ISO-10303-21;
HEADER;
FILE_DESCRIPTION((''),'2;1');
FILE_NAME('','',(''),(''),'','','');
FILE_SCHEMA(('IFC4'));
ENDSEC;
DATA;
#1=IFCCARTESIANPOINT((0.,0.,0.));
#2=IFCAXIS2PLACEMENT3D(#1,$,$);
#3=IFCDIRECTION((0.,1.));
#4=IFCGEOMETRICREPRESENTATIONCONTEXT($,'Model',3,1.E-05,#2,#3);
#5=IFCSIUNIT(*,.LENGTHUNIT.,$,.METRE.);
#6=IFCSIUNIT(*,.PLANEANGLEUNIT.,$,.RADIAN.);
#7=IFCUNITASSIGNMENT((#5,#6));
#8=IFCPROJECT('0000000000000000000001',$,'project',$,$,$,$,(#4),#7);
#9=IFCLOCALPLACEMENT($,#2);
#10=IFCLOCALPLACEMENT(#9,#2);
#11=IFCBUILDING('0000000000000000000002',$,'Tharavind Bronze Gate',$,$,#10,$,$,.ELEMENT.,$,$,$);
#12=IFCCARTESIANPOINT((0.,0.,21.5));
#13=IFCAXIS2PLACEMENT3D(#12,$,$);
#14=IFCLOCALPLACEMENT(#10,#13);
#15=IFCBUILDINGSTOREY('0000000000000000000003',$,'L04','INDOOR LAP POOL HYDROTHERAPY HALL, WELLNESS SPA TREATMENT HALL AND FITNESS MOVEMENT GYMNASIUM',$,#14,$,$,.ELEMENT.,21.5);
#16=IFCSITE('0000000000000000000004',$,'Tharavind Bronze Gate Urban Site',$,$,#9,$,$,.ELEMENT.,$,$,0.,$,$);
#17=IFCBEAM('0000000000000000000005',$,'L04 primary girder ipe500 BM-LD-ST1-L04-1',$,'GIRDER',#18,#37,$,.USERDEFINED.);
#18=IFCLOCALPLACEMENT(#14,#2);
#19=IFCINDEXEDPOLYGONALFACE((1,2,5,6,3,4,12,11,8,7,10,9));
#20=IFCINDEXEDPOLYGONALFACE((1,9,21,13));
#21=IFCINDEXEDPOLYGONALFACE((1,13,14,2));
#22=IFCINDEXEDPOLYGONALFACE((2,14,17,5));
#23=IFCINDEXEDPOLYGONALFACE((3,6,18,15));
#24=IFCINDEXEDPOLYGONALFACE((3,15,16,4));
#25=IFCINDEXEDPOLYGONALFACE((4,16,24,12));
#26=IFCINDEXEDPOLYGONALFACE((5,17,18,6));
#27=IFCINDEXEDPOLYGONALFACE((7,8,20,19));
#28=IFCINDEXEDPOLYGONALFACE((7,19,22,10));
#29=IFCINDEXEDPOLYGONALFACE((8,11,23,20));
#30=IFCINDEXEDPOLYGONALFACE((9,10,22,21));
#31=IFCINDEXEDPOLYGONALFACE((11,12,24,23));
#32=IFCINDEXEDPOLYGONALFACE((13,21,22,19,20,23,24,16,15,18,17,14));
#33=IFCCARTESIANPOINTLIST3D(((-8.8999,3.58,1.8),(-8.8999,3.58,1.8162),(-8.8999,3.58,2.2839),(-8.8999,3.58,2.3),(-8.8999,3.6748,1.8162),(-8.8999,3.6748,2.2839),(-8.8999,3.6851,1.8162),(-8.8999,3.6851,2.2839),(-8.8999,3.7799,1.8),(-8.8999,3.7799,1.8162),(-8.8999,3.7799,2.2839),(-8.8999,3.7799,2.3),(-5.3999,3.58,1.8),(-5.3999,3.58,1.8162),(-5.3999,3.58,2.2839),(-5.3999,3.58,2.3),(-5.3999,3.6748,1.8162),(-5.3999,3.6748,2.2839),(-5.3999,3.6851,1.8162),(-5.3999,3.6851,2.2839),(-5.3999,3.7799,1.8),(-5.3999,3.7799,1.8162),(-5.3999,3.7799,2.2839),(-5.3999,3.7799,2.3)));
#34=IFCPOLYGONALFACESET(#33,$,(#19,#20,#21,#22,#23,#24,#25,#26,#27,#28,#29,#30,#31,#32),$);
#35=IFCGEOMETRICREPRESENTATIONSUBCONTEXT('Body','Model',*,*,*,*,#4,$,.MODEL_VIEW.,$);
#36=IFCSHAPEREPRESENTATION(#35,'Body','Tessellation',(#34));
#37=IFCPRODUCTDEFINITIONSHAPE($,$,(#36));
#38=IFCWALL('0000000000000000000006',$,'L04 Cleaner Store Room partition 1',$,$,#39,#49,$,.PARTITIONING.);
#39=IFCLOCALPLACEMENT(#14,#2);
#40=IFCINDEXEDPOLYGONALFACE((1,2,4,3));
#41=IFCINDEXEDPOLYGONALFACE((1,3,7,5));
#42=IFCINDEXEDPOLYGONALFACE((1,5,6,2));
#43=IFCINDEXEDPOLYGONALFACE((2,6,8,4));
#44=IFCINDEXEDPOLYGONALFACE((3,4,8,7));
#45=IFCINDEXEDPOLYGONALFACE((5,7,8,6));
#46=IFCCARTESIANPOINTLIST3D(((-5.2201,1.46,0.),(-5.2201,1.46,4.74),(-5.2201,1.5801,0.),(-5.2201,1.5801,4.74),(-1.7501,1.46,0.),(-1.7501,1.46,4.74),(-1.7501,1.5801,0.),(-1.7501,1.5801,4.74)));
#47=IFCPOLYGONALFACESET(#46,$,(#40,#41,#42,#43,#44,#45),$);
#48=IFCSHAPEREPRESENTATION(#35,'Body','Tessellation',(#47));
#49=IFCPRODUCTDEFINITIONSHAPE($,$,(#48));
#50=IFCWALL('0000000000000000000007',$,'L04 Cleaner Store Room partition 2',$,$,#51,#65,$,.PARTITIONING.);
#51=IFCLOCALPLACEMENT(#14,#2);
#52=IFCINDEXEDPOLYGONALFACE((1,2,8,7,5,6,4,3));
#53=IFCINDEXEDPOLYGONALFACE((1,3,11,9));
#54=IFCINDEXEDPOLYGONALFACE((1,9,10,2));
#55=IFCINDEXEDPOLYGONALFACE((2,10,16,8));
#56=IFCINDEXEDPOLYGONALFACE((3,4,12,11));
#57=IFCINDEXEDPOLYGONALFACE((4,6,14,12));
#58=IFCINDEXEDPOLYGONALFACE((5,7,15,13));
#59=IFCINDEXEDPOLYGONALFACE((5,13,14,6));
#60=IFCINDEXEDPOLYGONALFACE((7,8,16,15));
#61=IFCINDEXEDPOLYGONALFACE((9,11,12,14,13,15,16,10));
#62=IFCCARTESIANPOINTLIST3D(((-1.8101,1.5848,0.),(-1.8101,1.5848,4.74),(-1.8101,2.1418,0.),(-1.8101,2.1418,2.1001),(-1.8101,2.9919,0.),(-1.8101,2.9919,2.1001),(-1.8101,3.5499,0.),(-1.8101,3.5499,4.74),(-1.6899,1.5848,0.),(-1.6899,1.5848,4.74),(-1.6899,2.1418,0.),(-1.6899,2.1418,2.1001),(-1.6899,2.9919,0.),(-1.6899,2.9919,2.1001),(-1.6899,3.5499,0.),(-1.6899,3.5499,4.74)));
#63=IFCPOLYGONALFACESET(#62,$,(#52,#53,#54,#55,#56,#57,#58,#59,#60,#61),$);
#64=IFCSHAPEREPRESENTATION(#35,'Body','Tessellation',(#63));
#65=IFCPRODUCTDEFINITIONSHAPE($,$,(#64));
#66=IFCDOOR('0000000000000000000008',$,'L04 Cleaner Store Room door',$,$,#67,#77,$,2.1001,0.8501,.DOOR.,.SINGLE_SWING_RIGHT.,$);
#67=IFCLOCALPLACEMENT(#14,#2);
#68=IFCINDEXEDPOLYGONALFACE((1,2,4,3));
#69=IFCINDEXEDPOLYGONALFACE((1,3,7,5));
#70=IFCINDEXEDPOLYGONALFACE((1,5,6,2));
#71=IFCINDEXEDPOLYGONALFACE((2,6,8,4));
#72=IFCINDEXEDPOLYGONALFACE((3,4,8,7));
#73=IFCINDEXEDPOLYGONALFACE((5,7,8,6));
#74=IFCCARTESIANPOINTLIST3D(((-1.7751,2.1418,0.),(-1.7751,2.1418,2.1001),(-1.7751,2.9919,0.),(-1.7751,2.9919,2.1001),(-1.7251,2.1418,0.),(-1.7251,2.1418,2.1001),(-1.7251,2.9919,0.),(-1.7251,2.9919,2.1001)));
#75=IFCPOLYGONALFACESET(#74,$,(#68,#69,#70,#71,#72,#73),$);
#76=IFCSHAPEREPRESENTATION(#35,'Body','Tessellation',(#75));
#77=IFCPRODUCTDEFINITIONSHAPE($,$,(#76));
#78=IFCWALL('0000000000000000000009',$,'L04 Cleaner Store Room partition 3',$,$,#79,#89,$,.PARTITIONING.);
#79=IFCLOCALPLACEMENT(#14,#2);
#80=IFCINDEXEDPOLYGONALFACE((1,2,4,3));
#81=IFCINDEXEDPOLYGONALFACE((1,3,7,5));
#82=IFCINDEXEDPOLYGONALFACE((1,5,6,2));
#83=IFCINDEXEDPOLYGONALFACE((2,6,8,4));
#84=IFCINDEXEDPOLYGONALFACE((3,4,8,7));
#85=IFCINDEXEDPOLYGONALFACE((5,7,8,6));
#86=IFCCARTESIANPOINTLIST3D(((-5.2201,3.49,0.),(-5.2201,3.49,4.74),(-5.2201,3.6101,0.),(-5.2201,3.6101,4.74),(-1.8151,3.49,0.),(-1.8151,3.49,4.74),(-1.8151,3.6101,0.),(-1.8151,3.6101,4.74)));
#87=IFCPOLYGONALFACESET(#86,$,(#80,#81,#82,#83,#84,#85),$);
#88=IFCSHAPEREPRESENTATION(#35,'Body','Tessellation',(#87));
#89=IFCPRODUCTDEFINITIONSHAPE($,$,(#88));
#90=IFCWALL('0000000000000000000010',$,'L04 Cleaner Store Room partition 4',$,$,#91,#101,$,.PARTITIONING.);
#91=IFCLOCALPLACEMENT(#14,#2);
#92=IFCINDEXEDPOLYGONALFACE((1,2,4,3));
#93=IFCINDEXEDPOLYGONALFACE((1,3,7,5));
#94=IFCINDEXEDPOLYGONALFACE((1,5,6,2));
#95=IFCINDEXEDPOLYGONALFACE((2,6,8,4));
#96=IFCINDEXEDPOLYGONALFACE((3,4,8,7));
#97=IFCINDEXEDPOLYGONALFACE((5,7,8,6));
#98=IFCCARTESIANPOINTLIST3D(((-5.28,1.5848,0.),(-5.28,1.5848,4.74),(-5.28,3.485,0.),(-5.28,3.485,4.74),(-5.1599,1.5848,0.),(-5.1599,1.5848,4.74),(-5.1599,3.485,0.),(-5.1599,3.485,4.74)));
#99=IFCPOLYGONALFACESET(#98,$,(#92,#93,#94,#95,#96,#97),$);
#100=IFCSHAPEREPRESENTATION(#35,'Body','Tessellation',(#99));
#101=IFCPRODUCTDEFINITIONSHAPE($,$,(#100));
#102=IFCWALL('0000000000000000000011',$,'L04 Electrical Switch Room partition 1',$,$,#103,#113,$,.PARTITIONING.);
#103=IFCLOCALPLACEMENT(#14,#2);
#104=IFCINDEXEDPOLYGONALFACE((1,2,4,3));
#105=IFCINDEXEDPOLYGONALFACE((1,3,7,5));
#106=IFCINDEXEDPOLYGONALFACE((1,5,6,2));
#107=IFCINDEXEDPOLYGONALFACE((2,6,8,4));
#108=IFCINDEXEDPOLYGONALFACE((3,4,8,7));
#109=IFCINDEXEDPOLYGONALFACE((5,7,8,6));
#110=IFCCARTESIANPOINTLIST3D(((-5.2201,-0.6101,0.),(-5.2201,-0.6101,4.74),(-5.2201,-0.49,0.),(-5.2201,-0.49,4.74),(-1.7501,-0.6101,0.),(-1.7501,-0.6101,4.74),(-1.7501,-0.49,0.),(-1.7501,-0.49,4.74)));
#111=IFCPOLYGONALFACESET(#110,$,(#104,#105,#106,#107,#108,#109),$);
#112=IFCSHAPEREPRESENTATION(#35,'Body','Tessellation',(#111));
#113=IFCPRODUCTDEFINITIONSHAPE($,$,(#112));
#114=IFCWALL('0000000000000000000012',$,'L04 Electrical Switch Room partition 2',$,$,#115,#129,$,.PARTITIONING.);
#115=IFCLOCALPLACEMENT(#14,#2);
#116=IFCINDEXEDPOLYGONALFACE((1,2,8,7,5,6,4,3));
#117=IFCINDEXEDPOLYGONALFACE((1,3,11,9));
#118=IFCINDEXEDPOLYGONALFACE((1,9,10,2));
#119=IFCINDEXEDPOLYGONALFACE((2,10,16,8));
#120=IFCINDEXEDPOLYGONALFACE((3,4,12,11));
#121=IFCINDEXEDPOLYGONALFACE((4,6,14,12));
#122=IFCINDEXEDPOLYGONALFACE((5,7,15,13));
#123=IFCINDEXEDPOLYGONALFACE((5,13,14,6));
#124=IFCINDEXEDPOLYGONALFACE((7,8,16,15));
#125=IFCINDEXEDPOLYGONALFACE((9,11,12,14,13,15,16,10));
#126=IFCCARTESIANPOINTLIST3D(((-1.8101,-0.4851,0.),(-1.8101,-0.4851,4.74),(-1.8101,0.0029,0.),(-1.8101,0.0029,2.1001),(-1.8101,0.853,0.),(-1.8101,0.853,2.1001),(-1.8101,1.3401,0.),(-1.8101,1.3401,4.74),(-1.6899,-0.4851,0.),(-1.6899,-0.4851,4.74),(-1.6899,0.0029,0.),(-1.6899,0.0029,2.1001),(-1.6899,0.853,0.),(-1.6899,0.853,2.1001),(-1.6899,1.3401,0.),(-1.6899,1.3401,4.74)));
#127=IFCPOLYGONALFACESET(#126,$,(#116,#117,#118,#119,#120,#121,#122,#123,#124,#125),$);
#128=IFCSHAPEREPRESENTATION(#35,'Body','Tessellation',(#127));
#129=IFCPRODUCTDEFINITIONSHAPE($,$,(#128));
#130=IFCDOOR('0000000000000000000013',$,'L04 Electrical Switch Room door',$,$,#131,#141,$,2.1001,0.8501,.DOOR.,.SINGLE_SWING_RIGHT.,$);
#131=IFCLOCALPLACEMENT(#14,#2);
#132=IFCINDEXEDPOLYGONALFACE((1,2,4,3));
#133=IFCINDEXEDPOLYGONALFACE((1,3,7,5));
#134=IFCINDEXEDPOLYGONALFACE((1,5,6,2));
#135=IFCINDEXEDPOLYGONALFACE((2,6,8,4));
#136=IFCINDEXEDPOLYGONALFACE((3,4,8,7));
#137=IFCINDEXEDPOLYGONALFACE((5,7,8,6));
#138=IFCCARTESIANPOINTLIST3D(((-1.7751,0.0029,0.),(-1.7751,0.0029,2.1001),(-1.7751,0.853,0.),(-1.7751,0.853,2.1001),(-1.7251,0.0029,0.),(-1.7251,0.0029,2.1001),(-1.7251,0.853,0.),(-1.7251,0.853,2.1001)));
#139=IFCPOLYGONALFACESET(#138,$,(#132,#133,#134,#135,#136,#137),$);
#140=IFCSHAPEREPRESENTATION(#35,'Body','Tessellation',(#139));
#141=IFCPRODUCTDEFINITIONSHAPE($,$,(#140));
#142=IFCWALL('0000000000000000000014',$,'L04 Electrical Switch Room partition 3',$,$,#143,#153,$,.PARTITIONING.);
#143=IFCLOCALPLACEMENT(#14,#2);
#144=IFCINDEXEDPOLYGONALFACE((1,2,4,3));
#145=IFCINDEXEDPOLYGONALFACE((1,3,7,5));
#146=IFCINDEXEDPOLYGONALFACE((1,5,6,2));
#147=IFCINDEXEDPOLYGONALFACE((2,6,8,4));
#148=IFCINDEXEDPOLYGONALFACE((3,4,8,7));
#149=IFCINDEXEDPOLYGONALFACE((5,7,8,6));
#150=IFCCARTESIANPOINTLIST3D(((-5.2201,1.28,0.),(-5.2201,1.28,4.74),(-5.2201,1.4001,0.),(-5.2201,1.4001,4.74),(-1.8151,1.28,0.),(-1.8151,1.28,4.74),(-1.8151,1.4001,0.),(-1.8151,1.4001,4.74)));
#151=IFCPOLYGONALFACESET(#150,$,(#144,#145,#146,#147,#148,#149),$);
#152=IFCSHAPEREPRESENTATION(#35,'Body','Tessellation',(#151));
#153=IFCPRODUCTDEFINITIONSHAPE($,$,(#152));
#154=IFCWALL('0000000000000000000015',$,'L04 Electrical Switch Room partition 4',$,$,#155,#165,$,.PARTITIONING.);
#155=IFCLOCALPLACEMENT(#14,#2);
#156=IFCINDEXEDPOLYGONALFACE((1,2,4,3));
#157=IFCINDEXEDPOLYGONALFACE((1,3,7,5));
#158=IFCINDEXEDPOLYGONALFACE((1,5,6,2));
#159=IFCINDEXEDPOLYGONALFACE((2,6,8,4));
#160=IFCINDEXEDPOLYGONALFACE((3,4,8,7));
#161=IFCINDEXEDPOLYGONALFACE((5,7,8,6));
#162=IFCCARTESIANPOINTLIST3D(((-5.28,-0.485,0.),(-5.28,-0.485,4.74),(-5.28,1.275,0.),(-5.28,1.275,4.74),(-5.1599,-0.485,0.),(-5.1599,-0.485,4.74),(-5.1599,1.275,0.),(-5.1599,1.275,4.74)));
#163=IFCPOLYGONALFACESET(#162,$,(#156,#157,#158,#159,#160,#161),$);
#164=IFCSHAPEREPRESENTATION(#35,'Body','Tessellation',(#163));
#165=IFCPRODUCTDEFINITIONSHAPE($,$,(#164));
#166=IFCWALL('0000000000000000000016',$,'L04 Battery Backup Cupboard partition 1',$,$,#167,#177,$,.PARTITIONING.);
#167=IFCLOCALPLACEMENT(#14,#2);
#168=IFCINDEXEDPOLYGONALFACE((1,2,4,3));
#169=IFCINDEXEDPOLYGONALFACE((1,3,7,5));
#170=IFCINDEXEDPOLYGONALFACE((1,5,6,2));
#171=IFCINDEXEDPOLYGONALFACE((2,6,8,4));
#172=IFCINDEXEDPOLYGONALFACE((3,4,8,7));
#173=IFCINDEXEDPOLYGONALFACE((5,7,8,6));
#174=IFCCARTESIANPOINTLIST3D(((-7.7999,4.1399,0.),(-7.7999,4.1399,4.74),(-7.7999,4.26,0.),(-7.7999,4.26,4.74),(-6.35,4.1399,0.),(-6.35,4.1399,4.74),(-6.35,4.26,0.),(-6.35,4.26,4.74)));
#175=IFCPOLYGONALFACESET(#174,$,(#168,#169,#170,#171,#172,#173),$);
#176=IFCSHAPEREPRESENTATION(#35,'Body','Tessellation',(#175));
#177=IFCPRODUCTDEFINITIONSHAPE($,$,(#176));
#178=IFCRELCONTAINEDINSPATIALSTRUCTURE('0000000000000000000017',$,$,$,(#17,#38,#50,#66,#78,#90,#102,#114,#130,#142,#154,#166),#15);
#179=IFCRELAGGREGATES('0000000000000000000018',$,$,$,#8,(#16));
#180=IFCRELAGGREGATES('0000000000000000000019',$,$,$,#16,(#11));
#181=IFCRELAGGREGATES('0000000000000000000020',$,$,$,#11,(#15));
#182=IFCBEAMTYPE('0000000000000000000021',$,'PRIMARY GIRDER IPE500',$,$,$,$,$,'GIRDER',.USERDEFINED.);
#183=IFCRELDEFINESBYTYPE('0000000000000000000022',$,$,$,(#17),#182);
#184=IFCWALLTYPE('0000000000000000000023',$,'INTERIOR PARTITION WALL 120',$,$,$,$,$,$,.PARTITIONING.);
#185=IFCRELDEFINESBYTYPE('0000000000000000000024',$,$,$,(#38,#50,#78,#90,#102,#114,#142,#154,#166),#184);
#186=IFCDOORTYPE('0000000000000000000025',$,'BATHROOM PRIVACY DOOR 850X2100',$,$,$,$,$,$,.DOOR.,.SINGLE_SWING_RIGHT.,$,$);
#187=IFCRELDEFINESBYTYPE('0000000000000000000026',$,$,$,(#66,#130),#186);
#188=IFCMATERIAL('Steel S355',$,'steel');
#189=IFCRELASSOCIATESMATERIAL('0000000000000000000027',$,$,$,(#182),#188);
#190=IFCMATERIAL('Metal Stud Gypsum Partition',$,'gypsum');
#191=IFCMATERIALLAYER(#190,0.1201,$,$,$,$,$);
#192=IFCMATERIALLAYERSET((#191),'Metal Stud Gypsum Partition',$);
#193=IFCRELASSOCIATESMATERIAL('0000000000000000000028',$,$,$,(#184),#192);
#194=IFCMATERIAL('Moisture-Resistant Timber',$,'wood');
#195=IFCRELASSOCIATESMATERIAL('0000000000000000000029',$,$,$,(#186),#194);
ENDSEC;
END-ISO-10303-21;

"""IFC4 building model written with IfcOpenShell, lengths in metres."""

from ifc_helpers import new_model, si_unit, direction, frame, frame_2d, origin, origin_2d, place, context, subcontext, project, spatial, rectangle, i_section, extrude, material, layer, layer_set, material_profile, profile_set, type_object, element, fill, save


model = new_model("IFC4")

# Units and contexts
model_context = context("Model", 3, precision=1e-05, world=origin(), true_north=direction((0.0, 1.0)))
body_context = subcontext(model_context, "Body", "Model", "MODEL_VIEW")
ifc_project = project(units=[si_unit("LENGTHUNIT", "METRE"), si_unit("PLANEANGLEUNIT", "RADIAN")], contexts=[model_context])

# Site, building, storey
site_placement = place(None, origin())
site = spatial("IfcSite", under=ifc_project, at=site_placement, Name="Tharavind Bronze Gate Urban Site", CompositionType="ELEMENT", RefElevation=0.0)
building_placement = place(site_placement, origin())
building = spatial("IfcBuilding", under=site, at=building_placement, Name="Tharavind Bronze Gate", CompositionType="ELEMENT")
storey_placement = place(building_placement, frame((0.0, 0.0, 21.5)))
storey = spatial("IfcBuildingStorey", under=building, at=storey_placement, Name="L04", Description="INDOOR LAP POOL HYDROTHERAPY HALL, WELLNESS SPA TREATMENT HALL AND FITNESS MOVEMENT GYMNASIUM", CompositionType="ELEMENT", Elevation=21.5)

# Beam
ifc_material_1 = material(Name="Steel S355", Category="steel")
ifc_material_profile = material_profile(ifc_material_1, i_section(OverallWidth=0.2, OverallDepth=0.5, WebThickness=0.0103, FlangeThickness=0.0161, at=origin_2d()), Name="IPE500")
ifc_profile_set = profile_set([ifc_material_profile], Name="Steel S355")
beam_type = type_object("IfcBeamType", Name="PRIMARY GIRDER IPE500", ElementType="GIRDER", PredefinedType="USERDEFINED", material=ifc_profile_set)
beam_placement = place(storey_placement, frame((-8.8999, 3.6799, 2.05), z_axis=(1.0, 0.0, 0.0), x_axis=(0.0, 1.0, 0.0)))
element("IfcBeam", 1, at=beam_placement, inside=storey, type_object=beam_type, Name="L04 primary girder ipe500 BM-LD-ST1-L04-1", ObjectType="GIRDER", PredefinedType="USERDEFINED", context=body_context, shape_type="SweptSolid", body=[
    extrude(i_section(OverallWidth=0.2, OverallDepth=0.5, WebThickness=0.0103, FlangeThickness=0.0161, at=origin_2d()), origin(), (0.0, 0.0, 1.0), 3.5),
])

# Wall
ifc_material_2 = material(Name="Metal Stud Gypsum Partition", Category="gypsum")
ifc_layer_1 = layer(ifc_material_2, 0.1201)
ifc_layer_set_1 = layer_set([ifc_layer_1], Name="Metal Stud Gypsum Partition")
wall_type_1 = type_object("IfcWallType", Name="INTERIOR PARTITION WALL 120", PredefinedType="PARTITIONING", material=ifc_layer_set_1)
wall_1_placement = place(storey_placement, frame((-5.22, 1.52, 0.0), z_axis=(0.0, 0.0, 1.0), x_axis=(1.0, 0.0, 0.0)))
element("IfcWall", 2, at=wall_1_placement, inside=storey, type_object=wall_type_1, Name="L04 Cleaner Store Room partition 1", PredefinedType="PARTITIONING", context=body_context, shape_type="SweptSolid", body=[
    extrude(rectangle(XDim=3.47, YDim=0.1201, at=frame_2d((1.7349, 0.0))), origin(), (0.0, 0.0, 1.0), 4.74),
])

# Wall, opening, door
wall_2_placement = place(storey_placement, frame((-1.75, 1.585, 0.0), z_axis=(0.0, 0.0, 1.0), x_axis=(0.0, 1.0, 0.0)))
wall_2 = element("IfcWall", 3, at=wall_2_placement, inside=storey, type_object=wall_type_1, Name="L04 Cleaner Store Room partition 2", PredefinedType="PARTITIONING", context=body_context, shape_type="SweptSolid", body=[
    extrude(rectangle(XDim=1.9651, YDim=0.1201, at=frame_2d((0.9824, 0.0))), origin(), (0.0, 0.0, 1.0), 4.74),
])
opening_1_placement = place(wall_2_placement, frame((0.5569, 0.0, 0.0)))
opening_1 = element("IfcOpeningElement", 4, at=opening_1_placement, cuts=wall_2, PredefinedType="OPENING", context=body_context, shape_type="SweptSolid", body=[
    extrude(rectangle(XDim=0.8501, YDim=2.1001, at=frame_2d((0.425, 1.05))), frame((0.0, 0.0701, 0.0), z_axis=(0.0, -1.0, 0.0), x_axis=(1.0, 0.0, 0.0)), (0.0, 0.0, 1.0), 0.1401),
])
ifc_material_3 = material(Name="Moisture-Resistant Timber", Category="wood")
door_type = type_object("IfcDoorType", Name="BATHROOM PRIVACY DOOR 850X2100", OperationType="SINGLE_SWING_RIGHT", PredefinedType="DOOR", material=ifc_material_3)
door_1_placement = place(opening_1_placement, frame((0.8501, 0.0, 0.0), z_axis=(0.0, 0.0, 1.0), x_axis=(-1.0, 0.0, 0.0)))
door_1 = element("IfcDoor", 5, at=door_1_placement, inside=storey, type_object=door_type, Name="L04 Cleaner Store Room door", OperationType="SINGLE_SWING_RIGHT", OverallHeight=2.1001, OverallWidth=0.8501, PredefinedType="DOOR", context=body_context, shape_type="SweptSolid", body=[
    extrude(rectangle(XDim=0.8501, YDim=2.1001, at=frame_2d((0.425, 1.05))), frame((0.0, 0.0249, 0.0), z_axis=(0.0, -1.0, 0.0), x_axis=(1.0, 0.0, 0.0)), (0.0, 0.0, 1.0), 0.05),
])
fill(opening_1, door_1)

# Walls
wall_3_placement = place(storey_placement, frame((-1.8149, 3.55, 0.0), z_axis=(0.0, 0.0, 1.0), x_axis=(-1.0, 0.0, 0.0)))
element("IfcWall", 6, at=wall_3_placement, inside=storey, type_object=wall_type_1, Name="L04 Cleaner Store Room partition 3", PredefinedType="PARTITIONING", context=body_context, shape_type="SweptSolid", body=[
    extrude(rectangle(XDim=3.405, YDim=0.1201, at=frame_2d((1.7026, 0.0))), origin(), (0.0, 0.0, 1.0), 4.74),
])
wall_4_placement = place(storey_placement, frame((-5.22, 3.4851, 0.0), z_axis=(0.0, 0.0, 1.0), x_axis=(0.0, -1.0, 0.0)))
element("IfcWall", 7, at=wall_4_placement, inside=storey, type_object=wall_type_1, Name="L04 Cleaner Store Room partition 4", PredefinedType="PARTITIONING", context=body_context, shape_type="SweptSolid", body=[
    extrude(rectangle(XDim=1.9001, YDim=0.1201, at=frame_2d((0.9502, 0.0))), origin(), (0.0, 0.0, 1.0), 4.74),
])
wall_5_placement = place(storey_placement, frame((-5.22, -0.55, 0.0), z_axis=(0.0, 0.0, 1.0), x_axis=(1.0, 0.0, 0.0)))
element("IfcWall", 8, at=wall_5_placement, inside=storey, type_object=wall_type_1, Name="L04 Electrical Switch Room partition 1", PredefinedType="PARTITIONING", context=body_context, shape_type="SweptSolid", body=[
    extrude(rectangle(XDim=3.47, YDim=0.1201, at=frame_2d((1.7349, 0.0))), origin(), (0.0, 0.0, 1.0), 4.74),
])

# Wall, opening, door
wall_6_placement = place(storey_placement, frame((-1.75, -0.4851, 0.0), z_axis=(0.0, 0.0, 1.0), x_axis=(0.0, 1.0, 0.0)))
wall_6 = element("IfcWall", 9, at=wall_6_placement, inside=storey, type_object=wall_type_1, Name="L04 Electrical Switch Room partition 2", PredefinedType="PARTITIONING", context=body_context, shape_type="SweptSolid", body=[
    extrude(rectangle(XDim=1.8252, YDim=0.1201, at=frame_2d((0.9126, 0.0))), origin(), (0.0, 0.0, 1.0), 4.74),
])
opening_2_placement = place(wall_6_placement, frame((0.488, 0.0, 0.0)))
opening_2 = element("IfcOpeningElement", 10, at=opening_2_placement, cuts=wall_6, PredefinedType="OPENING", context=body_context, shape_type="SweptSolid", body=[
    extrude(rectangle(XDim=0.8501, YDim=2.1001, at=frame_2d((0.425, 1.05))), frame((0.0, 0.0701, 0.0), z_axis=(0.0, -1.0, 0.0), x_axis=(1.0, 0.0, 0.0)), (0.0, 0.0, 1.0), 0.1401),
])
door_2_placement = place(opening_2_placement, frame((0.8501, 0.0, 0.0), z_axis=(0.0, 0.0, 1.0), x_axis=(-1.0, 0.0, 0.0)))
door_2 = element("IfcDoor", 11, at=door_2_placement, inside=storey, type_object=door_type, Name="L04 Electrical Switch Room door", OperationType="SINGLE_SWING_RIGHT", OverallHeight=2.1001, OverallWidth=0.8501, PredefinedType="DOOR", context=body_context, shape_type="SweptSolid", body=[
    extrude(rectangle(XDim=0.8501, YDim=2.1001, at=frame_2d((0.425, 1.05))), frame((0.0, 0.0249, 0.0), z_axis=(0.0, -1.0, 0.0), x_axis=(1.0, 0.0, 0.0)), (0.0, 0.0, 1.0), 0.05),
])
fill(opening_2, door_2)

# Walls
wall_7_placement = place(storey_placement, frame((-1.8149, 1.3401, 0.0), z_axis=(0.0, 0.0, 1.0), x_axis=(-1.0, 0.0, 0.0)))
element("IfcWall", 12, at=wall_7_placement, inside=storey, type_object=wall_type_1, Name="L04 Electrical Switch Room partition 3", PredefinedType="PARTITIONING", context=body_context, shape_type="SweptSolid", body=[
    extrude(rectangle(XDim=3.405, YDim=0.1201, at=frame_2d((1.7026, 0.0))), origin(), (0.0, 0.0, 1.0), 4.74),
])
wall_8_placement = place(storey_placement, frame((-5.22, 1.2749, 0.0), z_axis=(0.0, 0.0, 1.0), x_axis=(0.0, -1.0, 0.0)))
element("IfcWall", 13, at=wall_8_placement, inside=storey, type_object=wall_type_1, Name="L04 Electrical Switch Room partition 4", PredefinedType="PARTITIONING", context=body_context, shape_type="SweptSolid", body=[
    extrude(rectangle(XDim=1.76, YDim=0.1201, at=frame_2d((0.8799, 0.0))), origin(), (0.0, 0.0, 1.0), 4.74),
])
wall_9_placement = place(storey_placement, frame((-7.8, 4.2, 0.0), z_axis=(0.0, 0.0, 1.0), x_axis=(1.0, 0.0, 0.0)))
element("IfcWall", 14, at=wall_9_placement, inside=storey, type_object=wall_type_1, Name="L04 Battery Backup Cupboard partition 1", PredefinedType="PARTITIONING", context=body_context, shape_type="SweptSolid", body=[
    extrude(rectangle(XDim=1.45, YDim=0.1201, at=frame_2d((0.7251, 0.0))), origin(), (0.0, 0.0, 1.0), 4.74),
])

save(model, "model.ifc")
